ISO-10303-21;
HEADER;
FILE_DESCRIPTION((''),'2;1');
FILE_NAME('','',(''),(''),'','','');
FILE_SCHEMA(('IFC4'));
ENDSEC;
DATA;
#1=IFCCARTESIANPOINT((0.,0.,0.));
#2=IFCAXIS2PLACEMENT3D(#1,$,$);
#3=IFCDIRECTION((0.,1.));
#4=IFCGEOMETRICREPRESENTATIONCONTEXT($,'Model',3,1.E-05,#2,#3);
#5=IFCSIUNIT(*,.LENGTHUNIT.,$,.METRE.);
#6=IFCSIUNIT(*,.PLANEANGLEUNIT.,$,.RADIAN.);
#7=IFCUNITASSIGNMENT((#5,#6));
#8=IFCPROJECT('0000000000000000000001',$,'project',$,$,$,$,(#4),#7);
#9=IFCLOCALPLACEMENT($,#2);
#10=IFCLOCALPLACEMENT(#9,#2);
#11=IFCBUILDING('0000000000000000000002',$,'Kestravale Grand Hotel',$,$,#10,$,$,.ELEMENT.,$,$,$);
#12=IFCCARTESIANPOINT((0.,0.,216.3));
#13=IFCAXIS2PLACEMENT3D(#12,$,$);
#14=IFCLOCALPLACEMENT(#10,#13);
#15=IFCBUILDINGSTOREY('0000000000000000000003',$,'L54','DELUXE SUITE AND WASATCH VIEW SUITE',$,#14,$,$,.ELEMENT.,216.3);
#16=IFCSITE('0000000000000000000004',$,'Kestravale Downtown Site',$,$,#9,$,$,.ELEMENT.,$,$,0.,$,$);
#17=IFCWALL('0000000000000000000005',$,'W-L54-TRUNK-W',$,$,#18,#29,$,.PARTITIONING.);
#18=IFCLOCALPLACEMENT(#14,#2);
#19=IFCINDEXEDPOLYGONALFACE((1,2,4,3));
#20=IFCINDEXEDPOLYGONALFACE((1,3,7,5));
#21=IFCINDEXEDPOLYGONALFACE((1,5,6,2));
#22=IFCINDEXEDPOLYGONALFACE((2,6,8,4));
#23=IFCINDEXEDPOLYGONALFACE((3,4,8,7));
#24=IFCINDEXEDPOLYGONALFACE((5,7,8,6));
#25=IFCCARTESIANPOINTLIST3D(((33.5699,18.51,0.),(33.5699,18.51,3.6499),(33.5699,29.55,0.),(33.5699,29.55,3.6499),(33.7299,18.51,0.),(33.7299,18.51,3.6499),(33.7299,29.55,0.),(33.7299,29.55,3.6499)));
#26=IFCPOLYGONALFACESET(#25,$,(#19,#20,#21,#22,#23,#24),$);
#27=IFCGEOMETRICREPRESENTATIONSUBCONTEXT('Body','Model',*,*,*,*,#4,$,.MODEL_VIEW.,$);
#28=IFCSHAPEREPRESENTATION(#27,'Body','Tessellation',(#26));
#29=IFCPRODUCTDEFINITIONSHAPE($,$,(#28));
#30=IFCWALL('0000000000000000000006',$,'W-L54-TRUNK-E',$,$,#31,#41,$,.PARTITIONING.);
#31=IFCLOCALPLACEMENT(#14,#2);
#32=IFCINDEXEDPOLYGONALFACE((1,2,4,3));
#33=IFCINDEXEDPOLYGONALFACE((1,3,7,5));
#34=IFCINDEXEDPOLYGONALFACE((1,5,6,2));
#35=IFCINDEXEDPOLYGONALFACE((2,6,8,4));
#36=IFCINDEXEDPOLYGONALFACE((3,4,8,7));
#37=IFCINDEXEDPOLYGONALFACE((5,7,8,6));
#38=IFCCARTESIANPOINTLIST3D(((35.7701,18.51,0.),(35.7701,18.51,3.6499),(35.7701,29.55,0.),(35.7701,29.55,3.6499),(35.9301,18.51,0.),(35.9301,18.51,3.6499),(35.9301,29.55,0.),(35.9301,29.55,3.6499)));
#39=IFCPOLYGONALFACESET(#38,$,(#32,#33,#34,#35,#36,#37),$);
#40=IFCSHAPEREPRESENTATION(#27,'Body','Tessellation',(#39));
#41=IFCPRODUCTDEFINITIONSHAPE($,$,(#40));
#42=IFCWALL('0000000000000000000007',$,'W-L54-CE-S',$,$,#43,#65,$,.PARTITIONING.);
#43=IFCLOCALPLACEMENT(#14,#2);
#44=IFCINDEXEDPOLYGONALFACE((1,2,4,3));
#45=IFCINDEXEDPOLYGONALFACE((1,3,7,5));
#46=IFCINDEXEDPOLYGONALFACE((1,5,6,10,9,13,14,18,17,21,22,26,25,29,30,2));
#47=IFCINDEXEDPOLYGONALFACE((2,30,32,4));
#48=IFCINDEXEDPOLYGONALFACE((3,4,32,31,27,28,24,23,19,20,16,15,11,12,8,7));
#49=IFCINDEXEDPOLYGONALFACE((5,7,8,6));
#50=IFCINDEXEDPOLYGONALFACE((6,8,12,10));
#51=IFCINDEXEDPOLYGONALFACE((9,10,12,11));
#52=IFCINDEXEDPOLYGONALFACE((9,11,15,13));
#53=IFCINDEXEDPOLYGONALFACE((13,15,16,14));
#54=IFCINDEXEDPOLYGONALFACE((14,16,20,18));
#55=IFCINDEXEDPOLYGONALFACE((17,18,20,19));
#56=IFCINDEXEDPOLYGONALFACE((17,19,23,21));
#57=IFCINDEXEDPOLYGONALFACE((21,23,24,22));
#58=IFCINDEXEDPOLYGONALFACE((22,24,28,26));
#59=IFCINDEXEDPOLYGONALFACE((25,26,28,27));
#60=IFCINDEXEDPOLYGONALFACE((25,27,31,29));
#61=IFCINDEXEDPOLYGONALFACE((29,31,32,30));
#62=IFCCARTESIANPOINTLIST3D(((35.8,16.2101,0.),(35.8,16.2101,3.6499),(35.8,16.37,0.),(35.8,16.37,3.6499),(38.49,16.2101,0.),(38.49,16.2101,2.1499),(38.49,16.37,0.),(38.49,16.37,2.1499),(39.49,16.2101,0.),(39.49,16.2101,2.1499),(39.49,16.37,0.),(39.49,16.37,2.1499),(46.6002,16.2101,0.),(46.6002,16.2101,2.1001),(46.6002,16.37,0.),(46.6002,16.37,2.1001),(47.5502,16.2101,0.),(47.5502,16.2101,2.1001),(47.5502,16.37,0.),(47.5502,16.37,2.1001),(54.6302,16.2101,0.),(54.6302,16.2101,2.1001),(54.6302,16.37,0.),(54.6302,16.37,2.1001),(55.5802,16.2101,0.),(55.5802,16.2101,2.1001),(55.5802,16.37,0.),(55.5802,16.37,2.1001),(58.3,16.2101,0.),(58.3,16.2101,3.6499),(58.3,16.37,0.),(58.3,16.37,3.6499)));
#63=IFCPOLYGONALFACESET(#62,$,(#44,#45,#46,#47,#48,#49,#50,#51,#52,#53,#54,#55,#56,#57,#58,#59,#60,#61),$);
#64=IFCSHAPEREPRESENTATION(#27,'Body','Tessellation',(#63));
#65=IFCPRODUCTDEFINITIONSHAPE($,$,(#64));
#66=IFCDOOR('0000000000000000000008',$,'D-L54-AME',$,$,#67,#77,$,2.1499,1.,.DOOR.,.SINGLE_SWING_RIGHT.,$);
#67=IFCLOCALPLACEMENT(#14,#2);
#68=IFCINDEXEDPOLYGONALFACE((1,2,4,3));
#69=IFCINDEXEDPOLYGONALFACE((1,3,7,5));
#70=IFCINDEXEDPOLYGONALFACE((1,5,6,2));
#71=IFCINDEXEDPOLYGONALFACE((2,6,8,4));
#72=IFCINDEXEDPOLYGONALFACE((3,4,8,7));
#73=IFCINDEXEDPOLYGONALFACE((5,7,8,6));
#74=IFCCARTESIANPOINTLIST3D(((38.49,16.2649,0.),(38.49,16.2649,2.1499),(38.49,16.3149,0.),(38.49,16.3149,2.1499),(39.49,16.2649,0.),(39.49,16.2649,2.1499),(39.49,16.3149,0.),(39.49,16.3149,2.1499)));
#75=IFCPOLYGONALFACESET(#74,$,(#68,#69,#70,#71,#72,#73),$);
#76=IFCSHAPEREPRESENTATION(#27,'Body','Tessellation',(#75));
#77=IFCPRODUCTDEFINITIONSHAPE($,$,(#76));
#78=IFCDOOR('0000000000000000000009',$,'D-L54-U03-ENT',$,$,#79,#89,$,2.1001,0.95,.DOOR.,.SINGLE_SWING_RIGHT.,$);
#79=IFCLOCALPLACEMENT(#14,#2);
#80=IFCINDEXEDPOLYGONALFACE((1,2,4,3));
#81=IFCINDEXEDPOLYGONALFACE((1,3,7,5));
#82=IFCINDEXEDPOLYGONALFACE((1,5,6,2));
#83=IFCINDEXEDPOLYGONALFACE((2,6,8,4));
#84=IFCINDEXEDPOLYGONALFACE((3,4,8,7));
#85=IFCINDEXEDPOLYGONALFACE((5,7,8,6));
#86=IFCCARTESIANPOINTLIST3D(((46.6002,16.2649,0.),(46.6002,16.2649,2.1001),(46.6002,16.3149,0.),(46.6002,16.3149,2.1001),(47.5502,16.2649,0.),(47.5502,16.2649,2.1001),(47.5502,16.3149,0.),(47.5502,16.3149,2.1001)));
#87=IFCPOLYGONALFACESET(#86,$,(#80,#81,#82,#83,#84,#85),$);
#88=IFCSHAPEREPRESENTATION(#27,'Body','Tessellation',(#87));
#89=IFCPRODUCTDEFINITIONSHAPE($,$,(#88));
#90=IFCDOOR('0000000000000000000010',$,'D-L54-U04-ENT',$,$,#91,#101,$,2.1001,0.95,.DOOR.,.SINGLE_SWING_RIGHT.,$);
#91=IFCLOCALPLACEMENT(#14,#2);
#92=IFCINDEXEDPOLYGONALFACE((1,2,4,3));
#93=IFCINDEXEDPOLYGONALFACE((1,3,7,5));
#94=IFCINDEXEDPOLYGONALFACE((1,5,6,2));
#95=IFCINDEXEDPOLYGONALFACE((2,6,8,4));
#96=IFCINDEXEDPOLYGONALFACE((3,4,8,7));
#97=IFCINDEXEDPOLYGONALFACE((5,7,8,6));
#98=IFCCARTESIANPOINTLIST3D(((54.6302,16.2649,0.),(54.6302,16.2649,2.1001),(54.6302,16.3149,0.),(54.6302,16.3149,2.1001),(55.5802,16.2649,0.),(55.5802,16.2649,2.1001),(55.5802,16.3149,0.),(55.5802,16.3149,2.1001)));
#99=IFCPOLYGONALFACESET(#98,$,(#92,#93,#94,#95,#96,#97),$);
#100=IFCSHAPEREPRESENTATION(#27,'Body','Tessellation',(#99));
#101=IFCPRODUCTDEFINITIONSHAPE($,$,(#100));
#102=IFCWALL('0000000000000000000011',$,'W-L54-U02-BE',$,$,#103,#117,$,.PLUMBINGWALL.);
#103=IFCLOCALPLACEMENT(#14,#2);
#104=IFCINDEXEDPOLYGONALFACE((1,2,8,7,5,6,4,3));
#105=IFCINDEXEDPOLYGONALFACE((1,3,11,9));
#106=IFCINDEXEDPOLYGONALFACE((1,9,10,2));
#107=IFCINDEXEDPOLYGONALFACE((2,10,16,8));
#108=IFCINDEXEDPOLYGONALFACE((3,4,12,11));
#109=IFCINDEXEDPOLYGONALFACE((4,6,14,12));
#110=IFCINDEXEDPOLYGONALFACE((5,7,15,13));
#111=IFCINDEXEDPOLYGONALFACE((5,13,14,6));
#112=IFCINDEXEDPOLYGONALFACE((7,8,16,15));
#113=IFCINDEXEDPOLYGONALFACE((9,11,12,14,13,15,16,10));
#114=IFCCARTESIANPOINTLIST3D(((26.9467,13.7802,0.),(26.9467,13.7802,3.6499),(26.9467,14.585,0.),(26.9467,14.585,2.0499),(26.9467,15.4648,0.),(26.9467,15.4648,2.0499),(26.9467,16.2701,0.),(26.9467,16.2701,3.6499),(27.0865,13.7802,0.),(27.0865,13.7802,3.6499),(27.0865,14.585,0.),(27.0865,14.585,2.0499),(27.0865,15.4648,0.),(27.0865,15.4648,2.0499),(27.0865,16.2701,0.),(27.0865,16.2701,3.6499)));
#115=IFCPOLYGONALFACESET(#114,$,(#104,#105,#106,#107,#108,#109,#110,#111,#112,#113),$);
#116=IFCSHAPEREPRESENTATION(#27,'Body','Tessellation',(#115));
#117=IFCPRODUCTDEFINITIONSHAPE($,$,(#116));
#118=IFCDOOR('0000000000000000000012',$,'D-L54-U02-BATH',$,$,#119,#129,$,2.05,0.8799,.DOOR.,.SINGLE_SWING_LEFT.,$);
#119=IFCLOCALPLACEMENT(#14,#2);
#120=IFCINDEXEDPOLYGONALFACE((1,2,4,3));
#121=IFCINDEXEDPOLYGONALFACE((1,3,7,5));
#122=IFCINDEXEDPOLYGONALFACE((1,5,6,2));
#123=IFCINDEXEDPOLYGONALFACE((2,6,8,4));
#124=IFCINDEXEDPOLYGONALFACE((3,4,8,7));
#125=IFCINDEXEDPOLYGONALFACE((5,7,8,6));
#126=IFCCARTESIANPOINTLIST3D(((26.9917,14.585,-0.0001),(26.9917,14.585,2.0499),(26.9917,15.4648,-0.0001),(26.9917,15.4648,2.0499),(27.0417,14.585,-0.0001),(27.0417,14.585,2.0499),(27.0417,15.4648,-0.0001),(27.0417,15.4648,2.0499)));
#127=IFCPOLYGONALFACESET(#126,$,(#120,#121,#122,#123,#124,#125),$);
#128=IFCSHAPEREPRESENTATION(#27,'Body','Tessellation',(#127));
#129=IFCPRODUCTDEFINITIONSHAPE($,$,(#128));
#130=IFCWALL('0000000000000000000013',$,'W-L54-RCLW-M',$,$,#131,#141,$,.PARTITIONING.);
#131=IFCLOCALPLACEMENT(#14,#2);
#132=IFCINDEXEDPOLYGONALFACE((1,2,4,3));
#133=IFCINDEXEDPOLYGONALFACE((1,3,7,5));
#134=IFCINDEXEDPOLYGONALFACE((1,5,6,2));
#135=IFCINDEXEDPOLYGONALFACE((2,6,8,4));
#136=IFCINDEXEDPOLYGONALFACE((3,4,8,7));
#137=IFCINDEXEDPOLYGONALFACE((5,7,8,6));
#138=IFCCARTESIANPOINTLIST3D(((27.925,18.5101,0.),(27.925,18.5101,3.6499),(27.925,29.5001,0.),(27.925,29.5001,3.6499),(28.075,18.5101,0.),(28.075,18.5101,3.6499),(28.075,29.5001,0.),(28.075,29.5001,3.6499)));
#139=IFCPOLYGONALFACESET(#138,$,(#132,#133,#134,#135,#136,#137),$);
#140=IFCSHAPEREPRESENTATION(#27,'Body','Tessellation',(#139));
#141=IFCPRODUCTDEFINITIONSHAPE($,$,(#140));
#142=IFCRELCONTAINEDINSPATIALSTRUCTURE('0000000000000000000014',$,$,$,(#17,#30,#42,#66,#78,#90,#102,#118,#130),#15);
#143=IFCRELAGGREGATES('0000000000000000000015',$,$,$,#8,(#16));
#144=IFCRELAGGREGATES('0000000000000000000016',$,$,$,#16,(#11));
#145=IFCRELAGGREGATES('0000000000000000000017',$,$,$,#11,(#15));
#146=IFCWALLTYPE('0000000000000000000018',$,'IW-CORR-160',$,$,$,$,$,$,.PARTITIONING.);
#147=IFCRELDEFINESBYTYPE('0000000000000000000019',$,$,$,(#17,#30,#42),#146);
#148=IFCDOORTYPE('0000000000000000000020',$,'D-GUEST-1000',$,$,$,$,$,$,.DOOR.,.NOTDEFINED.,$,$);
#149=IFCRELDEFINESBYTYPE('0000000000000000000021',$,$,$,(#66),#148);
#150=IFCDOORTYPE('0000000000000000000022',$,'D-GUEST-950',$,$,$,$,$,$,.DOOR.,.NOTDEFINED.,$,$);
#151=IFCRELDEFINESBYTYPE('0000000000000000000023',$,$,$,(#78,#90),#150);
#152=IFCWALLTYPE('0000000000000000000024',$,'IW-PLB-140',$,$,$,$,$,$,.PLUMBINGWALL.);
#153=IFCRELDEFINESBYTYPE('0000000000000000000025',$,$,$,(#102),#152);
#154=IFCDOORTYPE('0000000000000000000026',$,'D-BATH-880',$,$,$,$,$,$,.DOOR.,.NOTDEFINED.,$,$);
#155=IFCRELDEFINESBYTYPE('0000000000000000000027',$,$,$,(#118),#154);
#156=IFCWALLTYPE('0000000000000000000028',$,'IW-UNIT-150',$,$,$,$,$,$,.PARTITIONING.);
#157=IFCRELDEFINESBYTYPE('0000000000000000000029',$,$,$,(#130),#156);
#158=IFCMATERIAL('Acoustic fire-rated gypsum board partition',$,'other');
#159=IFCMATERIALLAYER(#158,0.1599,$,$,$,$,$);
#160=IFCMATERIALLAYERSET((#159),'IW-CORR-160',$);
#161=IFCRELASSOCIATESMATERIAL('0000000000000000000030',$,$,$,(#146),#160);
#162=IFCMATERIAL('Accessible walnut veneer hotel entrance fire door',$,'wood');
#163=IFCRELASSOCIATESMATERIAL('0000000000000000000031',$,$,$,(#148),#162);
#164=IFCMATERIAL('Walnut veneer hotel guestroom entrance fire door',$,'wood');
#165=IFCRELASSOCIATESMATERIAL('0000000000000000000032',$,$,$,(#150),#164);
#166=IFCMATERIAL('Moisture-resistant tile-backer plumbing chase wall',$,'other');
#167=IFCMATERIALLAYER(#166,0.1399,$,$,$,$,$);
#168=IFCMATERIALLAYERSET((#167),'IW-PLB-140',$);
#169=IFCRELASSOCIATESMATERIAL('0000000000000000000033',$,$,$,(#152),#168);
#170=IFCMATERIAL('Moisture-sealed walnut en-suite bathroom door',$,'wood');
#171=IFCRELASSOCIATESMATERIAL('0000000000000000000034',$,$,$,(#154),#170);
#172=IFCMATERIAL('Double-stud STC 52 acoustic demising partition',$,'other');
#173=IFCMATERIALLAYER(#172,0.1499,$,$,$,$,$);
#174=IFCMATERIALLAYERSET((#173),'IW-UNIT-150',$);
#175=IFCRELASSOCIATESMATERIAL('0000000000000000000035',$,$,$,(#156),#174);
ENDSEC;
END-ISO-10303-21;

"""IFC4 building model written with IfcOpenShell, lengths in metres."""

from ifc_helpers import new_model, si_unit, direction, frame, frame_2d, origin, place, context, subcontext, project, spatial, rectangle, extrude, material, layer, layer_set, type_object, element, fill, save


model = new_model("IFC4")

# Units and contexts
model_context = context("Model", 3, precision=1e-05, world=origin(), true_north=direction((0.0, 1.0)))
body_context = subcontext(model_context, "Body", "Model", "MODEL_VIEW")
ifc_project = project(units=[si_unit("LENGTHUNIT", "METRE"), si_unit("PLANEANGLEUNIT", "RADIAN")], contexts=[model_context])

# Site, building, storey
site_placement = place(None, origin())
site = spatial("IfcSite", under=ifc_project, at=site_placement, Name="Kestravale Downtown Site", CompositionType="ELEMENT", RefElevation=0.0)
building_placement = place(site_placement, origin())
building = spatial("IfcBuilding", under=site, at=building_placement, Name="Kestravale Grand Hotel", CompositionType="ELEMENT")
storey_placement = place(building_placement, frame((0.0, 0.0, 216.3)))
storey = spatial("IfcBuildingStorey", under=building, at=storey_placement, Name="L54", Description="DELUXE SUITE AND WASATCH VIEW SUITE", CompositionType="ELEMENT", Elevation=216.3)

# Shared definitions
ifc_material_1 = material(Name="Acoustic fire-rated gypsum board partition", Category="other")
ifc_layer_1 = layer(ifc_material_1, 0.1599)
ifc_layer_set_1 = layer_set([ifc_layer_1], Name="IW-CORR-160")
wall_type_1 = type_object("IfcWallType", Name="IW-CORR-160", PredefinedType="PARTITIONING", material=ifc_layer_set_1)
ifc_material_2 = material(Name="Accessible walnut veneer hotel entrance fire door", Category="wood")
door_type_1 = type_object("IfcDoorType", Name="D-GUEST-1000", OperationType="NOTDEFINED", PredefinedType="DOOR", material=ifc_material_2)

# Walls
for number, where, z_axis, x_axis, name in (
    (1, (33.6499, 18.51, 0.0), (0.0, 0.0, 1.0), (0.0, 1.0, 0.0), "W-L54-TRUNK-W"),
    (2, (35.8501, 18.51, 0.0), (0.0, 0.0, 1.0), (0.0, 1.0, 0.0), "W-L54-TRUNK-E"),
):
    element("IfcWall", number, at=place(storey_placement, frame(where, z_axis=z_axis, x_axis=x_axis)), inside=storey, type_object=wall_type_1, Name=name, PredefinedType="PARTITIONING", context=body_context, shape_type="SweptSolid", body=[
        extrude(rectangle(XDim=11.04, YDim=0.1599, at=frame_2d((5.52, 0.0))), origin(), (0.0, 0.0, 1.0), 3.6499),
    ])

# Wall, openings, doors
wall_1_placement = place(storey_placement, frame((35.8, 16.29, 0.0), z_axis=(0.0, 0.0, 1.0), x_axis=(1.0, 0.0, 0.0)))
wall_1 = element("IfcWall", 3, at=wall_1_placement, inside=storey, type_object=wall_type_1, Name="W-L54-CE-S", PredefinedType="PARTITIONING", context=body_context, shape_type="SweptSolid", body=[
    extrude(rectangle(XDim=22.5, YDim=0.1599, at=frame_2d((11.25, 0.0))), origin(), (0.0, 0.0, 1.0), 3.6499),
])
opening_1_placement = place(wall_1_placement, frame((2.6899, 0.0, 0.0)))
opening_1 = element("IfcOpeningElement", 4, at=opening_1_placement, cuts=wall_1, PredefinedType="OPENING", context=body_context, shape_type="SweptSolid", body=[
    extrude(rectangle(XDim=1.0, YDim=2.1499, at=frame_2d((0.5, 1.075))), frame((0.0, 0.0898, 0.0), z_axis=(0.0, -1.0, 0.0), x_axis=(1.0, 0.0, 0.0)), (0.0, 0.0, 1.0), 0.1799),
])
opening_2_placement = place(wall_1_placement, frame((10.8, 0.0, 0.0)))
opening_2 = element("IfcOpeningElement", 5, at=opening_2_placement, cuts=wall_1, PredefinedType="OPENING", context=body_context, shape_type="SweptSolid", body=[
    extrude(rectangle(XDim=0.95, YDim=2.1001, at=frame_2d((0.4751, 1.05))), frame((0.0, 0.0898, 0.0), z_axis=(0.0, -1.0, 0.0), x_axis=(1.0, 0.0, 0.0)), (0.0, 0.0, 1.0), 0.1799),
])
opening_3_placement = place(wall_1_placement, frame((18.8301, 0.0, 0.0)))
opening_3 = element("IfcOpeningElement", 6, at=opening_3_placement, cuts=wall_1, PredefinedType="OPENING", context=body_context, shape_type="SweptSolid", body=[
    extrude(rectangle(XDim=0.95, YDim=2.1001, at=frame_2d((0.4751, 1.05))), frame((0.0, 0.0898, 0.0), z_axis=(0.0, -1.0, 0.0), x_axis=(1.0, 0.0, 0.0)), (0.0, 0.0, 1.0), 0.1799),
])
door_1_placement = place(opening_1_placement, origin())
door_1 = element("IfcDoor", 7, at=door_1_placement, inside=storey, type_object=door_type_1, Name="D-L54-AME", OperationType="SINGLE_SWING_RIGHT", OverallHeight=2.1499, OverallWidth=1.0, PredefinedType="DOOR", context=body_context, shape_type="SweptSolid", body=[
    extrude(rectangle(XDim=1.0, YDim=2.1499, at=frame_2d((0.5, 1.075))), frame((0.0, 0.0249, 0.0), z_axis=(0.0, -1.0, 0.0), x_axis=(1.0, 0.0, 0.0)), (0.0, 0.0, 1.0), 0.05),
])
fill(opening_1, door_1)
ifc_material_3 = material(Name="Walnut veneer hotel guestroom entrance fire door", Category="wood")
door_type_2 = type_object("IfcDoorType", Name="D-GUEST-950", OperationType="NOTDEFINED", PredefinedType="DOOR", material=ifc_material_3)
door_2_placement = place(opening_2_placement, origin())
door_2 = element("IfcDoor", 8, at=door_2_placement, inside=storey, type_object=door_type_2, Name="D-L54-U03-ENT", OperationType="SINGLE_SWING_RIGHT", OverallHeight=2.1001, OverallWidth=0.95, PredefinedType="DOOR", context=body_context, shape_type="SweptSolid", body=[
    extrude(rectangle(XDim=0.95, YDim=2.1001, at=frame_2d((0.4751, 1.05))), frame((0.0, 0.0249, 0.0), z_axis=(0.0, -1.0, 0.0), x_axis=(1.0, 0.0, 0.0)), (0.0, 0.0, 1.0), 0.05),
])
fill(opening_2, door_2)
door_3_placement = place(opening_3_placement, origin())
door_3 = element("IfcDoor", 9, at=door_3_placement, inside=storey, type_object=door_type_2, Name="D-L54-U04-ENT", OperationType="SINGLE_SWING_RIGHT", OverallHeight=2.1001, OverallWidth=0.95, PredefinedType="DOOR", context=body_context, shape_type="SweptSolid", body=[
    extrude(rectangle(XDim=0.95, YDim=2.1001, at=frame_2d((0.4751, 1.05))), frame((0.0, 0.0249, 0.0), z_axis=(0.0, -1.0, 0.0), x_axis=(1.0, 0.0, 0.0)), (0.0, 0.0, 1.0), 0.05),
])
fill(opening_3, door_3)

# Wall, opening, door
ifc_material_4 = material(Name="Moisture-resistant tile-backer plumbing chase wall", Category="other")
ifc_layer_2 = layer(ifc_material_4, 0.1399)
ifc_layer_set_2 = layer_set([ifc_layer_2], Name="IW-PLB-140")
wall_type_2 = type_object("IfcWallType", Name="IW-PLB-140", PredefinedType="PLUMBINGWALL", material=ifc_layer_set_2)
wall_2_placement = place(storey_placement, frame((27.0166, 13.78, 0.0), z_axis=(0.0, 0.0, 1.0), x_axis=(0.0, 1.0, 0.0)))
wall_2 = element("IfcWall", 10, at=wall_2_placement, inside=storey, type_object=wall_type_2, Name="W-L54-U02-BE", PredefinedType="PLUMBINGWALL", context=body_context, shape_type="SweptSolid", body=[
    extrude(rectangle(XDim=2.49, YDim=0.1399, at=frame_2d((1.2451, 0.0))), origin(), (0.0, 0.0, 1.0), 3.6499),
])
opening_4_placement = place(wall_2_placement, frame((0.8049, 0.0, 0.0)))
opening_4 = element("IfcOpeningElement", 11, at=opening_4_placement, cuts=wall_2, PredefinedType="OPENING", context=body_context, shape_type="SweptSolid", body=[
    extrude(rectangle(XDim=0.8799, YDim=2.05, at=frame_2d((0.4399, 1.0249))), frame((0.0, 0.0798, 0.0), z_axis=(0.0, -1.0, 0.0), x_axis=(1.0, 0.0, 0.0)), (0.0, 0.0, 1.0), 0.1599),
])
ifc_material_5 = material(Name="Moisture-sealed walnut en-suite bathroom door", Category="wood")
door_type_3 = type_object("IfcDoorType", Name="D-BATH-880", OperationType="NOTDEFINED", PredefinedType="DOOR", material=ifc_material_5)
door_4_placement = place(opening_4_placement, origin())
door_4 = element("IfcDoor", 12, at=door_4_placement, inside=storey, type_object=door_type_3, Name="D-L54-U02-BATH", OperationType="SINGLE_SWING_LEFT", OverallHeight=2.05, OverallWidth=0.8799, PredefinedType="DOOR", context=body_context, shape_type="SweptSolid", body=[
    extrude(rectangle(XDim=0.8799, YDim=2.05, at=frame_2d((0.4399, 1.0249))), frame((0.0, 0.0249, 0.0), z_axis=(0.0, -1.0, 0.0), x_axis=(1.0, 0.0, 0.0)), (0.0, 0.0, 1.0), 0.05),
])
fill(opening_4, door_4)

# Wall
ifc_material_6 = material(Name="Double-stud STC 52 acoustic demising partition", Category="other")
ifc_layer_3 = layer(ifc_material_6, 0.1499)
ifc_layer_set_3 = layer_set([ifc_layer_3], Name="IW-UNIT-150")
wall_type_3 = type_object("IfcWallType", Name="IW-UNIT-150", PredefinedType="PARTITIONING", material=ifc_layer_set_3)
wall_3_placement = place(storey_placement, frame((28.0, 18.51, 0.0), z_axis=(0.0, 0.0, 1.0), x_axis=(0.0, 1.0, 0.0)))
element("IfcWall", 13, at=wall_3_placement, inside=storey, type_object=wall_type_3, Name="W-L54-RCLW-M", PredefinedType="PARTITIONING", context=body_context, shape_type="SweptSolid", body=[
    extrude(rectangle(XDim=10.99, YDim=0.1499, at=frame_2d((5.4951, 0.0))), origin(), (0.0, 0.0, 1.0), 3.6499),
])

save(model, "model.ifc")
